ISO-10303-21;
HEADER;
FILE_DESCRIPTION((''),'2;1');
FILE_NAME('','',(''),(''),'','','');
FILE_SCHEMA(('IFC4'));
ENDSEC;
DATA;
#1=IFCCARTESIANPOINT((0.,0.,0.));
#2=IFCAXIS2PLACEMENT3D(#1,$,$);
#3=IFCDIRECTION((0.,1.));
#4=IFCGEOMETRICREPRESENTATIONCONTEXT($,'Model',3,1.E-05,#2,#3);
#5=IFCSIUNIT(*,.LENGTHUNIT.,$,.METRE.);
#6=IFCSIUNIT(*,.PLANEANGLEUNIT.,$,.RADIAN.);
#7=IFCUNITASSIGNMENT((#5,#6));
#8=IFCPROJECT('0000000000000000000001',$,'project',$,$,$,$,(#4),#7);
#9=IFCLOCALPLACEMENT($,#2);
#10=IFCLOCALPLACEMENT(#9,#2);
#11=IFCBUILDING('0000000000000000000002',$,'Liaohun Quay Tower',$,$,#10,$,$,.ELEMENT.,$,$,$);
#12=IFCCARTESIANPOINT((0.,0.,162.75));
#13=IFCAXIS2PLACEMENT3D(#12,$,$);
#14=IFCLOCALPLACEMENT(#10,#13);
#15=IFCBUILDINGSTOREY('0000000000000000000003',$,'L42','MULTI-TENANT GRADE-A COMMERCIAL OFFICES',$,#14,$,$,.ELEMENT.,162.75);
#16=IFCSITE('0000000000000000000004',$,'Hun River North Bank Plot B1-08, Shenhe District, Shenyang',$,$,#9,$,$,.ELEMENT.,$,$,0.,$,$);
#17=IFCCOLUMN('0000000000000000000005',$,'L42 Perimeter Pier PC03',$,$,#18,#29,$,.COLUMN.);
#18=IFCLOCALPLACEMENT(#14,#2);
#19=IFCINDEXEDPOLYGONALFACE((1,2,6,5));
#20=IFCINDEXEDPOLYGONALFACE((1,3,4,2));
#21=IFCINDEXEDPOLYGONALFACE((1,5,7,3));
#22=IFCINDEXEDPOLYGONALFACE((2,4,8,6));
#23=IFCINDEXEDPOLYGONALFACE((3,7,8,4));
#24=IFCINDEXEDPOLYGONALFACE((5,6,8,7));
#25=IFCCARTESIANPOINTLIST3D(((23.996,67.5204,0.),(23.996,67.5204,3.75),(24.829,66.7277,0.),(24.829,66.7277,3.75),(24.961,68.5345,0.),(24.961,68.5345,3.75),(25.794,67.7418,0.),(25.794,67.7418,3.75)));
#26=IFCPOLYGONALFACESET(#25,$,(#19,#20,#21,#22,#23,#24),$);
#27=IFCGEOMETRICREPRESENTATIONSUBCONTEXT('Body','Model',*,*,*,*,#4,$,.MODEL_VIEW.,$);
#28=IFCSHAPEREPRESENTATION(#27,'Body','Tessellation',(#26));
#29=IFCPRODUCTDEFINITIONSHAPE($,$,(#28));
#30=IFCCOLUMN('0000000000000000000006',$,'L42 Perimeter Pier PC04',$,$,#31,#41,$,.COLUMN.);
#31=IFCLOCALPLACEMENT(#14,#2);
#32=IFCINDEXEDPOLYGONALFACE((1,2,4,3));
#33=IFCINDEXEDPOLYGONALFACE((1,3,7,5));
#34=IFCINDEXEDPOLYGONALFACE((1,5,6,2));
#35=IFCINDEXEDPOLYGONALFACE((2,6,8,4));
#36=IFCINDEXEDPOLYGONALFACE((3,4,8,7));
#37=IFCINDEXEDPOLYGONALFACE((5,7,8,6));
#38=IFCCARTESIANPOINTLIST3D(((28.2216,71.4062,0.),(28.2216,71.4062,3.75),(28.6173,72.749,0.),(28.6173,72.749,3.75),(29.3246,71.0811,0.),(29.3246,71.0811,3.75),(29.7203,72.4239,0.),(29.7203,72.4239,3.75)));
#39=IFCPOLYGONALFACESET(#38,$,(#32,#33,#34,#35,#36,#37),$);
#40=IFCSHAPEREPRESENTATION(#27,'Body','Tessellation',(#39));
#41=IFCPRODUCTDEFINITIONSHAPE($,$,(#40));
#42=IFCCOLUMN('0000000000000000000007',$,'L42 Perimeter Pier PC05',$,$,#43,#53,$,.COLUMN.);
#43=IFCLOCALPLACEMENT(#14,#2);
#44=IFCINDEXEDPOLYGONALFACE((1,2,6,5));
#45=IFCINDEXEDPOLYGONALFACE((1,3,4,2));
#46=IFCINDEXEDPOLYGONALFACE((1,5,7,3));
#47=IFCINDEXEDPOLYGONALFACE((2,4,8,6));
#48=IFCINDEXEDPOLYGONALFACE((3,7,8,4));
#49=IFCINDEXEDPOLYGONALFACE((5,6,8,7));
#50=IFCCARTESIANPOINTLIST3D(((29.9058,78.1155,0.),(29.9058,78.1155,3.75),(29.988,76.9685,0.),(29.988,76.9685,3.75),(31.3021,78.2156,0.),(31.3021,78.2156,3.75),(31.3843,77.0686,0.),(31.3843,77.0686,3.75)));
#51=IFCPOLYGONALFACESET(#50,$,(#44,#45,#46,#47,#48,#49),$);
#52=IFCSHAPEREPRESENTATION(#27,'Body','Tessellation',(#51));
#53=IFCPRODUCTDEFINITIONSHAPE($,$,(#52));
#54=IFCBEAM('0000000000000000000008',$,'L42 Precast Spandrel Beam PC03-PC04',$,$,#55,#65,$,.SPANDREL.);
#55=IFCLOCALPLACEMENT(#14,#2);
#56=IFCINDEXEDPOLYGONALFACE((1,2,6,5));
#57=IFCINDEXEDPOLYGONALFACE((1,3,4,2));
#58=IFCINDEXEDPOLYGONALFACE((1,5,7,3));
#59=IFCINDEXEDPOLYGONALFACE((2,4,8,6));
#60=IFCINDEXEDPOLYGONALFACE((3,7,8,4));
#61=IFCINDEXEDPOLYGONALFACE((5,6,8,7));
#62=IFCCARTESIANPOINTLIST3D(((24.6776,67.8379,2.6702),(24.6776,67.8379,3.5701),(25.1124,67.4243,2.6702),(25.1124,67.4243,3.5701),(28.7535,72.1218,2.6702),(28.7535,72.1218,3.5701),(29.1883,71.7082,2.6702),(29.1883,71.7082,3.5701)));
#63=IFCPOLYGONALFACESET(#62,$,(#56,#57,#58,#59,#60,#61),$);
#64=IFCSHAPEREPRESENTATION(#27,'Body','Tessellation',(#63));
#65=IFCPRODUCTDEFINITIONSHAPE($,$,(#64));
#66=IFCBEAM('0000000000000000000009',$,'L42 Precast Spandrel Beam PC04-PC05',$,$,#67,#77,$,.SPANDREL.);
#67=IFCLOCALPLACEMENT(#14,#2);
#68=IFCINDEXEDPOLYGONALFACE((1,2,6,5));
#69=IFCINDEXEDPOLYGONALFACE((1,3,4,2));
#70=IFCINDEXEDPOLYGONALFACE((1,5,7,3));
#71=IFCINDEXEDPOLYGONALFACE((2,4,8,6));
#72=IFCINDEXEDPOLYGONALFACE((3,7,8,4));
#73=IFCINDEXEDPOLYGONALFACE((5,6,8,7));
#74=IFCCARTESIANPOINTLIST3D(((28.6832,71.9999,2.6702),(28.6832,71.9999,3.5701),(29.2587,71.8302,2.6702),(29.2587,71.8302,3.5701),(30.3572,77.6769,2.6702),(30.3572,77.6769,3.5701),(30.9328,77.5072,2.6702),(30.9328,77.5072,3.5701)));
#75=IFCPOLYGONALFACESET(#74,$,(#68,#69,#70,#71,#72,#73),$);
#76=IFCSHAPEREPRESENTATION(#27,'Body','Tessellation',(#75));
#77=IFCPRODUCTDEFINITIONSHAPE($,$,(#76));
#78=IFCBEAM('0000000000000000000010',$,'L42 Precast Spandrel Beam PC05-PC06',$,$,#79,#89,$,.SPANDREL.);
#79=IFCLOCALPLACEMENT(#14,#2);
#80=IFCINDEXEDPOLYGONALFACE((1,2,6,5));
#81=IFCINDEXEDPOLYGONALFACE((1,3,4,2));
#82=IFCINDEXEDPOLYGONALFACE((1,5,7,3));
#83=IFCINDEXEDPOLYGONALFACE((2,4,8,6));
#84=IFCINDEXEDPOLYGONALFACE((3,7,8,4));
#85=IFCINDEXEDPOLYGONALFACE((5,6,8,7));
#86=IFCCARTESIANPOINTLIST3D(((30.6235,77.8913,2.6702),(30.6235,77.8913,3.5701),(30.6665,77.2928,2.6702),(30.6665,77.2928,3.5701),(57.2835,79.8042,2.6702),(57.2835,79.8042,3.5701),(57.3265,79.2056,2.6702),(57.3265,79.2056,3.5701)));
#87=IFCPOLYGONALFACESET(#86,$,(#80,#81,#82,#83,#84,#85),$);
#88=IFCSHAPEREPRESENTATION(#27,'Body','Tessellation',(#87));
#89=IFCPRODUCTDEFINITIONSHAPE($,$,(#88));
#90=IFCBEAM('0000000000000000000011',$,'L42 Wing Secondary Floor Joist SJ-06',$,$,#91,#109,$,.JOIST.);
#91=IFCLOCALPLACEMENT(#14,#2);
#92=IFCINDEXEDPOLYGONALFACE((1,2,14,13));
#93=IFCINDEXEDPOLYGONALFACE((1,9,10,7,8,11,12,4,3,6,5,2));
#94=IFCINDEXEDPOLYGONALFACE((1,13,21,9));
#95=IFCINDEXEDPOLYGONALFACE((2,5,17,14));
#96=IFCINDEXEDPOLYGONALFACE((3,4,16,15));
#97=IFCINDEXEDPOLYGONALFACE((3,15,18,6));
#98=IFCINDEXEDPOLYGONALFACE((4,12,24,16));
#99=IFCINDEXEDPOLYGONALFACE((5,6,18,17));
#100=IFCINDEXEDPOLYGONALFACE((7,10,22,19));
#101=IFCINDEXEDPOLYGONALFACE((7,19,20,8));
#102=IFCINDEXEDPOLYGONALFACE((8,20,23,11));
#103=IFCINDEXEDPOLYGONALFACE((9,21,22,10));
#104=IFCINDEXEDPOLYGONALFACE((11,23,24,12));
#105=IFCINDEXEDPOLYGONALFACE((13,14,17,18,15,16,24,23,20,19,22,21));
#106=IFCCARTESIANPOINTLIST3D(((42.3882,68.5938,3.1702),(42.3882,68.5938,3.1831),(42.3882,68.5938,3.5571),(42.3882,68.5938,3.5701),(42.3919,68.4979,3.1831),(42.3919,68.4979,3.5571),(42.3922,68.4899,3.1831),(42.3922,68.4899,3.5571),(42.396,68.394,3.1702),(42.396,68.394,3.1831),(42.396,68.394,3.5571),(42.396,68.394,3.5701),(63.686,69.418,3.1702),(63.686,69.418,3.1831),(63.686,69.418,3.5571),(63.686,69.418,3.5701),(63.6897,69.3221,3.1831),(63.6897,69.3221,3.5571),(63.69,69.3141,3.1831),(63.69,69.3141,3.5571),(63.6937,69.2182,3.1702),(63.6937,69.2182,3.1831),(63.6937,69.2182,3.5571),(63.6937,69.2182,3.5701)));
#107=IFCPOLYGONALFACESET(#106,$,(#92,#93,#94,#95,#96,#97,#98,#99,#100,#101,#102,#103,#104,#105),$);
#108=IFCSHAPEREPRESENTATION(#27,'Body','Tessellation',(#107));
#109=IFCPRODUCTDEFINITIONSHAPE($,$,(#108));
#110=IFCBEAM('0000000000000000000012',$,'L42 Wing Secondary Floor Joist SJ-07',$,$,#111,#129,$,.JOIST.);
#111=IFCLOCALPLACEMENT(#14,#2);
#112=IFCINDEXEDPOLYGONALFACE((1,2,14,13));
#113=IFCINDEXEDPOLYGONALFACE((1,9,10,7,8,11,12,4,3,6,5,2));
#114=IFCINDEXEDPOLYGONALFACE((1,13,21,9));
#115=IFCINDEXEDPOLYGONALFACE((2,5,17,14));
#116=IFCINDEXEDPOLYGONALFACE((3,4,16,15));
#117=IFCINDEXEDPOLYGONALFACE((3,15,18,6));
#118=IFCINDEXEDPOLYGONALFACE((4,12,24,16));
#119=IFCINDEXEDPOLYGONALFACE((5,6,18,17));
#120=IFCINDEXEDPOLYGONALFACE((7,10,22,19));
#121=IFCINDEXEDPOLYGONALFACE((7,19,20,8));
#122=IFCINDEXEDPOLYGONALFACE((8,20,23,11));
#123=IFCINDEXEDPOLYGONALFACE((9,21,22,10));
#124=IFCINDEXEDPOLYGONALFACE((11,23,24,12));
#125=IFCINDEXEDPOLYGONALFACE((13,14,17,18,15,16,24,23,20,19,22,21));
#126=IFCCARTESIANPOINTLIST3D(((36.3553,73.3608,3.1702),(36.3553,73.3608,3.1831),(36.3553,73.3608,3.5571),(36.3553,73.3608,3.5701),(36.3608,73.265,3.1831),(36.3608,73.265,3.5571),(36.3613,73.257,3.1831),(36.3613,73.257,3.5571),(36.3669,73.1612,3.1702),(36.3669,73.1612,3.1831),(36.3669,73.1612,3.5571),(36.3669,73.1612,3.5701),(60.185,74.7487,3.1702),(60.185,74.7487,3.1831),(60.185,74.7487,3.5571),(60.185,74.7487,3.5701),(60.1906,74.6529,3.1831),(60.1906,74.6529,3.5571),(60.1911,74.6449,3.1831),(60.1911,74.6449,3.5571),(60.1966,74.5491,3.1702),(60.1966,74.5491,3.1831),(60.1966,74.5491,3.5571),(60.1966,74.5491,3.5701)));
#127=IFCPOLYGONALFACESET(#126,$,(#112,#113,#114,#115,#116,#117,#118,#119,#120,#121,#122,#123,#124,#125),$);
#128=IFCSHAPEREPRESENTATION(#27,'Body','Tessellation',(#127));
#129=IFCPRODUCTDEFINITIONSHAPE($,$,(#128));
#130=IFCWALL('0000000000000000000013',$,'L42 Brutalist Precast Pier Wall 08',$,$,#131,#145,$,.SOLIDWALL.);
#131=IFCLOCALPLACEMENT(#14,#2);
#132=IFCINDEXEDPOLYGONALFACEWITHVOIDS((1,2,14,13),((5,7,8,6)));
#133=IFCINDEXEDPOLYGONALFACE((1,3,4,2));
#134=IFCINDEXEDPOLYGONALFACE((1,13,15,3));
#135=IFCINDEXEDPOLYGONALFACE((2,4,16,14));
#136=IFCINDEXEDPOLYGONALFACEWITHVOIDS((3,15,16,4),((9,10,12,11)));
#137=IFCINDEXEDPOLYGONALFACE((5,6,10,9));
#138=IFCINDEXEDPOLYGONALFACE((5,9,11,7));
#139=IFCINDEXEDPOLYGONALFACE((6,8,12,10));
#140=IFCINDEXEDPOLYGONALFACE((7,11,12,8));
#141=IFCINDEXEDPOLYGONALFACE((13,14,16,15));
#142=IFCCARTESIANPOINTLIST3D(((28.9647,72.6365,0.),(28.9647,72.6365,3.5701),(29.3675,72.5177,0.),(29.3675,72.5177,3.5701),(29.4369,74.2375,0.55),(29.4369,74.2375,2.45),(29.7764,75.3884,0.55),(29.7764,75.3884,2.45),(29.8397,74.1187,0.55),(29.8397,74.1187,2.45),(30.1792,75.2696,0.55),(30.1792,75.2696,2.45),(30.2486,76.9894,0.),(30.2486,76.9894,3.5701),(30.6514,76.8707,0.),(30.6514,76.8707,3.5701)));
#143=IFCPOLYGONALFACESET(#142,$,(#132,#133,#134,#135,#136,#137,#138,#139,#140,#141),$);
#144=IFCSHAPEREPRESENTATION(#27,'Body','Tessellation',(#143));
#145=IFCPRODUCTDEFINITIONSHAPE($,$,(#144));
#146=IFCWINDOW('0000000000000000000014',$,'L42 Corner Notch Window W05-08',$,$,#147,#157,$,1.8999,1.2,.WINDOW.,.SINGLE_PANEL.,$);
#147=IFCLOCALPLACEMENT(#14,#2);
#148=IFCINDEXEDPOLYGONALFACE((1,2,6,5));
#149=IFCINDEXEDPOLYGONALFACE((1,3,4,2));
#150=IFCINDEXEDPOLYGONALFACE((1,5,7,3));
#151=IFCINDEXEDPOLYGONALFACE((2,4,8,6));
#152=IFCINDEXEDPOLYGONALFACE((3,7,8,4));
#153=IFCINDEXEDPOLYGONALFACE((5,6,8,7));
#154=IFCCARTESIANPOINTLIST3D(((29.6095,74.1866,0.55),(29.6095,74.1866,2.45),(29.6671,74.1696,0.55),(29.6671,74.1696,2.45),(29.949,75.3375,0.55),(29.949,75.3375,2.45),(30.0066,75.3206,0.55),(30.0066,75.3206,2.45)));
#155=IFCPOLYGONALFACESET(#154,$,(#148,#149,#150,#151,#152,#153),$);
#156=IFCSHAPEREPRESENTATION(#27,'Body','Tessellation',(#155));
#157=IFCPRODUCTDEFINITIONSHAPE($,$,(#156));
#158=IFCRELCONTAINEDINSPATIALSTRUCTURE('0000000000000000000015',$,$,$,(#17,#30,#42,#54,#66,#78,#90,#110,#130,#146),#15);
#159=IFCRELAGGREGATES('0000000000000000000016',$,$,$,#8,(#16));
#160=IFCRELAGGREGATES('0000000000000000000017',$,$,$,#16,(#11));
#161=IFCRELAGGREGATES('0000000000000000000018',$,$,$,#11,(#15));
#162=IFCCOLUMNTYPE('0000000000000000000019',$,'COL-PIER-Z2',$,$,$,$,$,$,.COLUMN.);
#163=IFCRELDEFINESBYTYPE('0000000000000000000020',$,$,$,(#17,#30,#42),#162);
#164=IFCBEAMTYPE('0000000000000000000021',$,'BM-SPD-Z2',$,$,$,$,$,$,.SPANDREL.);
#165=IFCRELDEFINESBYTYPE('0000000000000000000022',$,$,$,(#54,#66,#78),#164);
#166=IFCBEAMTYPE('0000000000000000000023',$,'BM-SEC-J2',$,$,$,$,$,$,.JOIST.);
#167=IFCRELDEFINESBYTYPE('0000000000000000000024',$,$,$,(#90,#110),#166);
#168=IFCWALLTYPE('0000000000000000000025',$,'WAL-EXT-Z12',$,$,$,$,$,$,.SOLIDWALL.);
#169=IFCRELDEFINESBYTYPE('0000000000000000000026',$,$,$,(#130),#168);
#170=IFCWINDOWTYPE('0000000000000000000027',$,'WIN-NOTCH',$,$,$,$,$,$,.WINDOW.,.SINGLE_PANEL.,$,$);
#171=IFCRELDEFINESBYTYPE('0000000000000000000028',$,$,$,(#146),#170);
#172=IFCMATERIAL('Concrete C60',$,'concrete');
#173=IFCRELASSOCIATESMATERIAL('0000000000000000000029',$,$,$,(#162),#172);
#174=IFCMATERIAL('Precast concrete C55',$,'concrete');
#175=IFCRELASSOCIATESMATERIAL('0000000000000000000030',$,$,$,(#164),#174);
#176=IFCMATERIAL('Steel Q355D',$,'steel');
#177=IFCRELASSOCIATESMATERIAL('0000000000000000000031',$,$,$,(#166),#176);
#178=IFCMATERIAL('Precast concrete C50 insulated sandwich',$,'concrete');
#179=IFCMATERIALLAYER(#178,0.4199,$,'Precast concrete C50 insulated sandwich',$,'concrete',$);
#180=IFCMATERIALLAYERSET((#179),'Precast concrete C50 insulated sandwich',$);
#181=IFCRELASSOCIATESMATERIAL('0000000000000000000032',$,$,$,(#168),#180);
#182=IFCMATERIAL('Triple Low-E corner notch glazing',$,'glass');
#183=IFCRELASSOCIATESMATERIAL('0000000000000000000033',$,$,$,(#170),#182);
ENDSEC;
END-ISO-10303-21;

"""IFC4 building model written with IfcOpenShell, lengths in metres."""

from ifc_helpers import new_model, si_unit, direction, frame, frame_2d, origin, origin_2d, place, context, subcontext, project, spatial, rectangle, i_section, extrude, source, transform, mapped, material, layer, layer_set, material_profile, profile_set, type_object, element, fill, save


model = new_model("IFC4")

# Units and contexts
model_context = context("Model", 3, precision=1e-05, world=origin(), true_north=direction((0.0, 1.0)))
body_context = subcontext(model_context, "Body", "Model", "MODEL_VIEW")
ifc_project = project(units=[si_unit("LENGTHUNIT", "METRE"), si_unit("PLANEANGLEUNIT", "RADIAN")], contexts=[model_context])

# Site, building, storey
site_placement = place(None, origin())
site = spatial("IfcSite", under=ifc_project, at=site_placement, Name="Hun River North Bank Plot B1-08, Shenhe District, Shenyang", CompositionType="ELEMENT", RefElevation=0.0)
building_placement = place(site_placement, origin())
building = spatial("IfcBuilding", under=site, at=building_placement, Name="Liaohun Quay Tower", CompositionType="ELEMENT")
storey_placement = place(building_placement, frame((0.0, 0.0, 162.75)))
storey = spatial("IfcBuildingStorey", under=building, at=storey_placement, Name="L42", Description="MULTI-TENANT GRADE-A COMMERCIAL OFFICES", CompositionType="ELEMENT", Elevation=162.75)

# Columns
ifc_material_1 = material(Name="Concrete C60", Category="concrete")
ifc_material_profile_1 = material_profile(ifc_material_1, rectangle(XDim=1.3999, YDim=1.1499, at=origin_2d()), Name="RC1400x1150")
ifc_profile_set_1 = profile_set([ifc_material_profile_1], Name="Concrete C60")
column_type = type_object("IfcColumnType", Name="COL-PIER-Z2", PredefinedType="COLUMN", material=ifc_profile_set_1)
shared_shape_1 = source(origin(), body_context, "Body", "SweptSolid", [
    extrude(rectangle(XDim=1.3999, YDim=1.1499, at=origin_2d()), origin(), (0.0, 0.0, 1.0), 3.75),
])
for number, where, z_axis, x_axis, name in (
    (1, (24.895, 67.6311, 0.0), (0.0, 0.0, 1.0), (0.689367, 0.724413, 0.0), "L42 Perimeter Pier PC03"),
    (2, (28.9709, 71.915, 0.0), (0.0, 0.0, 1.0), (0.282676, 0.959215, 0.0), "L42 Perimeter Pier PC04"),
    (3, (30.645, 77.592, 0.0), (0.0, 0.0, 1.0), (0.997441, 0.071497, 0.0), "L42 Perimeter Pier PC05"),
):
    element("IfcColumn", number, at=place(storey_placement, frame(where, z_axis=z_axis, x_axis=x_axis)), inside=storey, type_object=column_type, Name=name, PredefinedType="COLUMN", context=body_context, shape_type="MappedRepresentation", body=[
        mapped(shared_shape_1, transform((0.0, 0.0, 0.0), x_axis=(1.0, 0.0, 0.0), y_axis=(0.0, 1.0, 0.0), z_axis=(0.0, 0.0, 1.0), scale=1.0)),
    ])

# Beams
ifc_material_2 = material(Name="Precast concrete C55", Category="concrete")
ifc_material_profile_2 = material_profile(ifc_material_2, rectangle(XDim=0.6001, YDim=0.8999, at=origin_2d()), Name="RC600x900")
ifc_profile_set_2 = profile_set([ifc_material_profile_2], Name="Precast concrete C55")
beam_type_1 = type_object("IfcBeamType", Name="BM-SPD-Z2", PredefinedType="SPANDREL", material=ifc_profile_set_2)
shared_shape_2 = source(origin(), body_context, "Body", "SweptSolid", [
    extrude(rectangle(XDim=0.6001, YDim=0.8999, at=origin_2d()), origin(), (0.0, 0.0, 1.0), 5.9131),
])
beam_1_placement = place(storey_placement, frame((24.895, 67.6311, 3.1201), z_axis=(0.689299, 0.724477, 0.0), x_axis=(-0.724477, 0.689299, 0.0)))
element("IfcBeam", 4, at=beam_1_placement, inside=storey, type_object=beam_type_1, Name="L42 Precast Spandrel Beam PC03-PC04", PredefinedType="SPANDREL", context=body_context, shape_type="MappedRepresentation", body=[
    mapped(shared_shape_2, transform((0.0, 0.0, 0.0), x_axis=(1.0, 0.0, 0.0), y_axis=(0.0, 1.0, 0.0), z_axis=(0.0, 0.0, 1.0), scale=1.0)),
])
shared_shape_3 = source(origin(), body_context, "Body", "SweptSolid", [
    extrude(rectangle(XDim=0.6001, YDim=0.8999, at=origin_2d()), origin(), (0.0, 0.0, 1.0), 5.9187),
])
beam_2_placement = place(storey_placement, frame((28.9709, 71.915, 3.1201), z_axis=(0.282845, 0.959166, 0.0), x_axis=(-0.959166, 0.282845, 0.0)))
element("IfcBeam", 5, at=beam_2_placement, inside=storey, type_object=beam_type_1, Name="L42 Precast Spandrel Beam PC04-PC05", PredefinedType="SPANDREL", context=body_context, shape_type="MappedRepresentation", body=[
    mapped(shared_shape_3, transform((0.0, 0.0, 0.0), x_axis=(1.0, 0.0, 0.0), y_axis=(0.0, 1.0, 0.0), z_axis=(0.0, 0.0, 1.0), scale=1.0)),
])
shared_shape_4 = source(origin(), body_context, "Body", "SweptSolid", [
    extrude(rectangle(XDim=0.6001, YDim=0.8999, at=origin_2d()), origin(), (0.0, 0.0, 1.0), 26.7285),
])
beam_3_placement = place(storey_placement, frame((30.645, 77.592, 3.1201), z_axis=(0.997436, 0.071566, 0.0), x_axis=(-0.071566, 0.997436, 0.0)))
element("IfcBeam", 6, at=beam_3_placement, inside=storey, type_object=beam_type_1, Name="L42 Precast Spandrel Beam PC05-PC06", PredefinedType="SPANDREL", context=body_context, shape_type="MappedRepresentation", body=[
    mapped(shared_shape_4, transform((0.0, 0.0, 0.0), x_axis=(1.0, 0.0, 0.0), y_axis=(0.0, 1.0, 0.0), z_axis=(0.0, 0.0, 1.0), scale=1.0)),
])
ifc_material_3 = material(Name="Steel Q355D", Category="steel")
ifc_material_profile_3 = material_profile(ifc_material_3, i_section(OverallWidth=0.2, OverallDepth=0.3999, WebThickness=0.0081, FlangeThickness=0.0129, at=origin_2d()), Name="HN400x200x8x13")
ifc_profile_set_3 = profile_set([ifc_material_profile_3], Name="Steel Q355D")
beam_type_2 = type_object("IfcBeamType", Name="BM-SEC-J2", PredefinedType="JOIST", material=ifc_profile_set_3)
shared_shape_5 = source(origin(), body_context, "Body", "SweptSolid", [
    extrude(i_section(OverallWidth=0.2, OverallDepth=0.3999, WebThickness=0.0081, FlangeThickness=0.0129, at=origin_2d()), origin(), (0.0, 0.0, 1.0), 21.3137),
])
beam_4_placement = place(storey_placement, frame((42.3921, 68.4939, 3.3701), z_axis=(0.999252, 0.038671, 0.0), x_axis=(-0.038671, 0.999252, 0.0)))
element("IfcBeam", 7, at=beam_4_placement, inside=storey, type_object=beam_type_2, Name="L42 Wing Secondary Floor Joist SJ-06", PredefinedType="JOIST", context=body_context, shape_type="MappedRepresentation", body=[
    mapped(shared_shape_5, transform((0.0, 0.0, 0.0), x_axis=(1.0, 0.0, 0.0), y_axis=(0.0, 1.0, 0.0), z_axis=(0.0, 0.0, 1.0), scale=1.0)),
])
shared_shape_6 = source(origin(), body_context, "Body", "SweptSolid", [
    extrude(i_section(OverallWidth=0.2, OverallDepth=0.3999, WebThickness=0.0081, FlangeThickness=0.0129, at=origin_2d()), origin(), (0.0, 0.0, 1.0), 23.8701),
])
beam_5_placement = place(storey_placement, frame((36.3611, 73.261, 3.3701), z_axis=(0.998308, 0.058145, 0.0), x_axis=(-0.058145, 0.998308, 0.0)))
element("IfcBeam", 8, at=beam_5_placement, inside=storey, type_object=beam_type_2, Name="L42 Wing Secondary Floor Joist SJ-07", PredefinedType="JOIST", context=body_context, shape_type="MappedRepresentation", body=[
    mapped(shared_shape_6, transform((0.0, 0.0, 0.0), x_axis=(1.0, 0.0, 0.0), y_axis=(0.0, 1.0, 0.0), z_axis=(0.0, 0.0, 1.0), scale=1.0)),
])

# Wall, opening, window
ifc_material_4 = material(Name="Precast concrete C50 insulated sandwich", Category="concrete")
ifc_layer_1 = layer(ifc_material_4, 0.4199, Name="Precast concrete C50 insulated sandwich", Category="concrete")
ifc_layer_set_1 = layer_set([ifc_layer_1], Name="Precast concrete C50 insulated sandwich")
wall_type_1 = type_object("IfcWallType", Name="WAL-EXT-Z12", PredefinedType="SOLIDWALL", material=ifc_layer_set_1)
wall_1_placement = place(storey_placement, frame((30.45, 76.9299, 0.0), z_axis=(0.0, 0.0, 1.0), x_axis=(-0.282903, -0.959149, 0.0)))
wall_1 = element("IfcWall", 9, at=wall_1_placement, inside=storey, type_object=wall_type_1, Name="L42 Brutalist Precast Pier Wall 08", PredefinedType="SOLIDWALL", context=body_context, shape_type="SweptSolid", body=[
    extrude(rectangle(XDim=4.5383, YDim=0.4199, at=frame_2d((2.269, 0.0))), origin(), (0.0, 0.0, 1.0), 3.5701),
])
shared_shape_7 = source(origin(), body_context, "Body", "SweptSolid", [
    extrude(rectangle(XDim=1.2, YDim=1.8999, at=frame_2d((0.6001, 0.95))), frame((0.0, 0.22, 0.0), z_axis=(0.0, -1.0, 0.0), x_axis=(1.0, 0.0, 0.0)), (0.0, 0.0, 1.0), 0.4399),
])
opening_1_placement = place(wall_1_placement, frame((1.6689, 0.0, 0.55)))
opening_1 = element("IfcOpeningElement", 10, at=opening_1_placement, cuts=wall_1, PredefinedType="OPENING", context=body_context, shape_type="MappedRepresentation", body=[
    mapped(shared_shape_7, transform((0.0, 0.0, 0.0), x_axis=(1.0, 0.0, 0.0), y_axis=(0.0, 1.0, 0.0), z_axis=(0.0, 0.0, 1.0), scale=1.0)),
])
ifc_material_5 = material(Name="Triple Low-E corner notch glazing", Category="glass")
window_type_1 = type_object("IfcWindowType", Name="WIN-NOTCH", PartitioningType="SINGLE_PANEL", PredefinedType="WINDOW", material=ifc_material_5)
shared_shape_8 = source(origin(), body_context, "Body", "SweptSolid", [
    extrude(rectangle(XDim=1.2, YDim=1.8999, at=frame_2d((0.6001, 0.95))), frame((0.0, 0.03, 0.0), z_axis=(0.0, -1.0, 0.0), x_axis=(1.0, 0.0, 0.0)), (0.0, 0.0, 1.0), 0.0601),
])
window_1_placement = place(opening_1_placement, origin())
window_1 = element("IfcWindow", 11, at=window_1_placement, inside=storey, type_object=window_type_1, Name="L42 Corner Notch Window W05-08", OverallHeight=1.8999, OverallWidth=1.2, PartitioningType="SINGLE_PANEL", PredefinedType="WINDOW", context=body_context, shape_type="MappedRepresentation", body=[
    mapped(shared_shape_8, transform((0.0, 0.0, 0.0), x_axis=(1.0, 0.0, 0.0), y_axis=(0.0, 1.0, 0.0), z_axis=(0.0, 0.0, 1.0), scale=1.0)),
])
fill(opening_1, window_1)

save(model, "model.ifc")
